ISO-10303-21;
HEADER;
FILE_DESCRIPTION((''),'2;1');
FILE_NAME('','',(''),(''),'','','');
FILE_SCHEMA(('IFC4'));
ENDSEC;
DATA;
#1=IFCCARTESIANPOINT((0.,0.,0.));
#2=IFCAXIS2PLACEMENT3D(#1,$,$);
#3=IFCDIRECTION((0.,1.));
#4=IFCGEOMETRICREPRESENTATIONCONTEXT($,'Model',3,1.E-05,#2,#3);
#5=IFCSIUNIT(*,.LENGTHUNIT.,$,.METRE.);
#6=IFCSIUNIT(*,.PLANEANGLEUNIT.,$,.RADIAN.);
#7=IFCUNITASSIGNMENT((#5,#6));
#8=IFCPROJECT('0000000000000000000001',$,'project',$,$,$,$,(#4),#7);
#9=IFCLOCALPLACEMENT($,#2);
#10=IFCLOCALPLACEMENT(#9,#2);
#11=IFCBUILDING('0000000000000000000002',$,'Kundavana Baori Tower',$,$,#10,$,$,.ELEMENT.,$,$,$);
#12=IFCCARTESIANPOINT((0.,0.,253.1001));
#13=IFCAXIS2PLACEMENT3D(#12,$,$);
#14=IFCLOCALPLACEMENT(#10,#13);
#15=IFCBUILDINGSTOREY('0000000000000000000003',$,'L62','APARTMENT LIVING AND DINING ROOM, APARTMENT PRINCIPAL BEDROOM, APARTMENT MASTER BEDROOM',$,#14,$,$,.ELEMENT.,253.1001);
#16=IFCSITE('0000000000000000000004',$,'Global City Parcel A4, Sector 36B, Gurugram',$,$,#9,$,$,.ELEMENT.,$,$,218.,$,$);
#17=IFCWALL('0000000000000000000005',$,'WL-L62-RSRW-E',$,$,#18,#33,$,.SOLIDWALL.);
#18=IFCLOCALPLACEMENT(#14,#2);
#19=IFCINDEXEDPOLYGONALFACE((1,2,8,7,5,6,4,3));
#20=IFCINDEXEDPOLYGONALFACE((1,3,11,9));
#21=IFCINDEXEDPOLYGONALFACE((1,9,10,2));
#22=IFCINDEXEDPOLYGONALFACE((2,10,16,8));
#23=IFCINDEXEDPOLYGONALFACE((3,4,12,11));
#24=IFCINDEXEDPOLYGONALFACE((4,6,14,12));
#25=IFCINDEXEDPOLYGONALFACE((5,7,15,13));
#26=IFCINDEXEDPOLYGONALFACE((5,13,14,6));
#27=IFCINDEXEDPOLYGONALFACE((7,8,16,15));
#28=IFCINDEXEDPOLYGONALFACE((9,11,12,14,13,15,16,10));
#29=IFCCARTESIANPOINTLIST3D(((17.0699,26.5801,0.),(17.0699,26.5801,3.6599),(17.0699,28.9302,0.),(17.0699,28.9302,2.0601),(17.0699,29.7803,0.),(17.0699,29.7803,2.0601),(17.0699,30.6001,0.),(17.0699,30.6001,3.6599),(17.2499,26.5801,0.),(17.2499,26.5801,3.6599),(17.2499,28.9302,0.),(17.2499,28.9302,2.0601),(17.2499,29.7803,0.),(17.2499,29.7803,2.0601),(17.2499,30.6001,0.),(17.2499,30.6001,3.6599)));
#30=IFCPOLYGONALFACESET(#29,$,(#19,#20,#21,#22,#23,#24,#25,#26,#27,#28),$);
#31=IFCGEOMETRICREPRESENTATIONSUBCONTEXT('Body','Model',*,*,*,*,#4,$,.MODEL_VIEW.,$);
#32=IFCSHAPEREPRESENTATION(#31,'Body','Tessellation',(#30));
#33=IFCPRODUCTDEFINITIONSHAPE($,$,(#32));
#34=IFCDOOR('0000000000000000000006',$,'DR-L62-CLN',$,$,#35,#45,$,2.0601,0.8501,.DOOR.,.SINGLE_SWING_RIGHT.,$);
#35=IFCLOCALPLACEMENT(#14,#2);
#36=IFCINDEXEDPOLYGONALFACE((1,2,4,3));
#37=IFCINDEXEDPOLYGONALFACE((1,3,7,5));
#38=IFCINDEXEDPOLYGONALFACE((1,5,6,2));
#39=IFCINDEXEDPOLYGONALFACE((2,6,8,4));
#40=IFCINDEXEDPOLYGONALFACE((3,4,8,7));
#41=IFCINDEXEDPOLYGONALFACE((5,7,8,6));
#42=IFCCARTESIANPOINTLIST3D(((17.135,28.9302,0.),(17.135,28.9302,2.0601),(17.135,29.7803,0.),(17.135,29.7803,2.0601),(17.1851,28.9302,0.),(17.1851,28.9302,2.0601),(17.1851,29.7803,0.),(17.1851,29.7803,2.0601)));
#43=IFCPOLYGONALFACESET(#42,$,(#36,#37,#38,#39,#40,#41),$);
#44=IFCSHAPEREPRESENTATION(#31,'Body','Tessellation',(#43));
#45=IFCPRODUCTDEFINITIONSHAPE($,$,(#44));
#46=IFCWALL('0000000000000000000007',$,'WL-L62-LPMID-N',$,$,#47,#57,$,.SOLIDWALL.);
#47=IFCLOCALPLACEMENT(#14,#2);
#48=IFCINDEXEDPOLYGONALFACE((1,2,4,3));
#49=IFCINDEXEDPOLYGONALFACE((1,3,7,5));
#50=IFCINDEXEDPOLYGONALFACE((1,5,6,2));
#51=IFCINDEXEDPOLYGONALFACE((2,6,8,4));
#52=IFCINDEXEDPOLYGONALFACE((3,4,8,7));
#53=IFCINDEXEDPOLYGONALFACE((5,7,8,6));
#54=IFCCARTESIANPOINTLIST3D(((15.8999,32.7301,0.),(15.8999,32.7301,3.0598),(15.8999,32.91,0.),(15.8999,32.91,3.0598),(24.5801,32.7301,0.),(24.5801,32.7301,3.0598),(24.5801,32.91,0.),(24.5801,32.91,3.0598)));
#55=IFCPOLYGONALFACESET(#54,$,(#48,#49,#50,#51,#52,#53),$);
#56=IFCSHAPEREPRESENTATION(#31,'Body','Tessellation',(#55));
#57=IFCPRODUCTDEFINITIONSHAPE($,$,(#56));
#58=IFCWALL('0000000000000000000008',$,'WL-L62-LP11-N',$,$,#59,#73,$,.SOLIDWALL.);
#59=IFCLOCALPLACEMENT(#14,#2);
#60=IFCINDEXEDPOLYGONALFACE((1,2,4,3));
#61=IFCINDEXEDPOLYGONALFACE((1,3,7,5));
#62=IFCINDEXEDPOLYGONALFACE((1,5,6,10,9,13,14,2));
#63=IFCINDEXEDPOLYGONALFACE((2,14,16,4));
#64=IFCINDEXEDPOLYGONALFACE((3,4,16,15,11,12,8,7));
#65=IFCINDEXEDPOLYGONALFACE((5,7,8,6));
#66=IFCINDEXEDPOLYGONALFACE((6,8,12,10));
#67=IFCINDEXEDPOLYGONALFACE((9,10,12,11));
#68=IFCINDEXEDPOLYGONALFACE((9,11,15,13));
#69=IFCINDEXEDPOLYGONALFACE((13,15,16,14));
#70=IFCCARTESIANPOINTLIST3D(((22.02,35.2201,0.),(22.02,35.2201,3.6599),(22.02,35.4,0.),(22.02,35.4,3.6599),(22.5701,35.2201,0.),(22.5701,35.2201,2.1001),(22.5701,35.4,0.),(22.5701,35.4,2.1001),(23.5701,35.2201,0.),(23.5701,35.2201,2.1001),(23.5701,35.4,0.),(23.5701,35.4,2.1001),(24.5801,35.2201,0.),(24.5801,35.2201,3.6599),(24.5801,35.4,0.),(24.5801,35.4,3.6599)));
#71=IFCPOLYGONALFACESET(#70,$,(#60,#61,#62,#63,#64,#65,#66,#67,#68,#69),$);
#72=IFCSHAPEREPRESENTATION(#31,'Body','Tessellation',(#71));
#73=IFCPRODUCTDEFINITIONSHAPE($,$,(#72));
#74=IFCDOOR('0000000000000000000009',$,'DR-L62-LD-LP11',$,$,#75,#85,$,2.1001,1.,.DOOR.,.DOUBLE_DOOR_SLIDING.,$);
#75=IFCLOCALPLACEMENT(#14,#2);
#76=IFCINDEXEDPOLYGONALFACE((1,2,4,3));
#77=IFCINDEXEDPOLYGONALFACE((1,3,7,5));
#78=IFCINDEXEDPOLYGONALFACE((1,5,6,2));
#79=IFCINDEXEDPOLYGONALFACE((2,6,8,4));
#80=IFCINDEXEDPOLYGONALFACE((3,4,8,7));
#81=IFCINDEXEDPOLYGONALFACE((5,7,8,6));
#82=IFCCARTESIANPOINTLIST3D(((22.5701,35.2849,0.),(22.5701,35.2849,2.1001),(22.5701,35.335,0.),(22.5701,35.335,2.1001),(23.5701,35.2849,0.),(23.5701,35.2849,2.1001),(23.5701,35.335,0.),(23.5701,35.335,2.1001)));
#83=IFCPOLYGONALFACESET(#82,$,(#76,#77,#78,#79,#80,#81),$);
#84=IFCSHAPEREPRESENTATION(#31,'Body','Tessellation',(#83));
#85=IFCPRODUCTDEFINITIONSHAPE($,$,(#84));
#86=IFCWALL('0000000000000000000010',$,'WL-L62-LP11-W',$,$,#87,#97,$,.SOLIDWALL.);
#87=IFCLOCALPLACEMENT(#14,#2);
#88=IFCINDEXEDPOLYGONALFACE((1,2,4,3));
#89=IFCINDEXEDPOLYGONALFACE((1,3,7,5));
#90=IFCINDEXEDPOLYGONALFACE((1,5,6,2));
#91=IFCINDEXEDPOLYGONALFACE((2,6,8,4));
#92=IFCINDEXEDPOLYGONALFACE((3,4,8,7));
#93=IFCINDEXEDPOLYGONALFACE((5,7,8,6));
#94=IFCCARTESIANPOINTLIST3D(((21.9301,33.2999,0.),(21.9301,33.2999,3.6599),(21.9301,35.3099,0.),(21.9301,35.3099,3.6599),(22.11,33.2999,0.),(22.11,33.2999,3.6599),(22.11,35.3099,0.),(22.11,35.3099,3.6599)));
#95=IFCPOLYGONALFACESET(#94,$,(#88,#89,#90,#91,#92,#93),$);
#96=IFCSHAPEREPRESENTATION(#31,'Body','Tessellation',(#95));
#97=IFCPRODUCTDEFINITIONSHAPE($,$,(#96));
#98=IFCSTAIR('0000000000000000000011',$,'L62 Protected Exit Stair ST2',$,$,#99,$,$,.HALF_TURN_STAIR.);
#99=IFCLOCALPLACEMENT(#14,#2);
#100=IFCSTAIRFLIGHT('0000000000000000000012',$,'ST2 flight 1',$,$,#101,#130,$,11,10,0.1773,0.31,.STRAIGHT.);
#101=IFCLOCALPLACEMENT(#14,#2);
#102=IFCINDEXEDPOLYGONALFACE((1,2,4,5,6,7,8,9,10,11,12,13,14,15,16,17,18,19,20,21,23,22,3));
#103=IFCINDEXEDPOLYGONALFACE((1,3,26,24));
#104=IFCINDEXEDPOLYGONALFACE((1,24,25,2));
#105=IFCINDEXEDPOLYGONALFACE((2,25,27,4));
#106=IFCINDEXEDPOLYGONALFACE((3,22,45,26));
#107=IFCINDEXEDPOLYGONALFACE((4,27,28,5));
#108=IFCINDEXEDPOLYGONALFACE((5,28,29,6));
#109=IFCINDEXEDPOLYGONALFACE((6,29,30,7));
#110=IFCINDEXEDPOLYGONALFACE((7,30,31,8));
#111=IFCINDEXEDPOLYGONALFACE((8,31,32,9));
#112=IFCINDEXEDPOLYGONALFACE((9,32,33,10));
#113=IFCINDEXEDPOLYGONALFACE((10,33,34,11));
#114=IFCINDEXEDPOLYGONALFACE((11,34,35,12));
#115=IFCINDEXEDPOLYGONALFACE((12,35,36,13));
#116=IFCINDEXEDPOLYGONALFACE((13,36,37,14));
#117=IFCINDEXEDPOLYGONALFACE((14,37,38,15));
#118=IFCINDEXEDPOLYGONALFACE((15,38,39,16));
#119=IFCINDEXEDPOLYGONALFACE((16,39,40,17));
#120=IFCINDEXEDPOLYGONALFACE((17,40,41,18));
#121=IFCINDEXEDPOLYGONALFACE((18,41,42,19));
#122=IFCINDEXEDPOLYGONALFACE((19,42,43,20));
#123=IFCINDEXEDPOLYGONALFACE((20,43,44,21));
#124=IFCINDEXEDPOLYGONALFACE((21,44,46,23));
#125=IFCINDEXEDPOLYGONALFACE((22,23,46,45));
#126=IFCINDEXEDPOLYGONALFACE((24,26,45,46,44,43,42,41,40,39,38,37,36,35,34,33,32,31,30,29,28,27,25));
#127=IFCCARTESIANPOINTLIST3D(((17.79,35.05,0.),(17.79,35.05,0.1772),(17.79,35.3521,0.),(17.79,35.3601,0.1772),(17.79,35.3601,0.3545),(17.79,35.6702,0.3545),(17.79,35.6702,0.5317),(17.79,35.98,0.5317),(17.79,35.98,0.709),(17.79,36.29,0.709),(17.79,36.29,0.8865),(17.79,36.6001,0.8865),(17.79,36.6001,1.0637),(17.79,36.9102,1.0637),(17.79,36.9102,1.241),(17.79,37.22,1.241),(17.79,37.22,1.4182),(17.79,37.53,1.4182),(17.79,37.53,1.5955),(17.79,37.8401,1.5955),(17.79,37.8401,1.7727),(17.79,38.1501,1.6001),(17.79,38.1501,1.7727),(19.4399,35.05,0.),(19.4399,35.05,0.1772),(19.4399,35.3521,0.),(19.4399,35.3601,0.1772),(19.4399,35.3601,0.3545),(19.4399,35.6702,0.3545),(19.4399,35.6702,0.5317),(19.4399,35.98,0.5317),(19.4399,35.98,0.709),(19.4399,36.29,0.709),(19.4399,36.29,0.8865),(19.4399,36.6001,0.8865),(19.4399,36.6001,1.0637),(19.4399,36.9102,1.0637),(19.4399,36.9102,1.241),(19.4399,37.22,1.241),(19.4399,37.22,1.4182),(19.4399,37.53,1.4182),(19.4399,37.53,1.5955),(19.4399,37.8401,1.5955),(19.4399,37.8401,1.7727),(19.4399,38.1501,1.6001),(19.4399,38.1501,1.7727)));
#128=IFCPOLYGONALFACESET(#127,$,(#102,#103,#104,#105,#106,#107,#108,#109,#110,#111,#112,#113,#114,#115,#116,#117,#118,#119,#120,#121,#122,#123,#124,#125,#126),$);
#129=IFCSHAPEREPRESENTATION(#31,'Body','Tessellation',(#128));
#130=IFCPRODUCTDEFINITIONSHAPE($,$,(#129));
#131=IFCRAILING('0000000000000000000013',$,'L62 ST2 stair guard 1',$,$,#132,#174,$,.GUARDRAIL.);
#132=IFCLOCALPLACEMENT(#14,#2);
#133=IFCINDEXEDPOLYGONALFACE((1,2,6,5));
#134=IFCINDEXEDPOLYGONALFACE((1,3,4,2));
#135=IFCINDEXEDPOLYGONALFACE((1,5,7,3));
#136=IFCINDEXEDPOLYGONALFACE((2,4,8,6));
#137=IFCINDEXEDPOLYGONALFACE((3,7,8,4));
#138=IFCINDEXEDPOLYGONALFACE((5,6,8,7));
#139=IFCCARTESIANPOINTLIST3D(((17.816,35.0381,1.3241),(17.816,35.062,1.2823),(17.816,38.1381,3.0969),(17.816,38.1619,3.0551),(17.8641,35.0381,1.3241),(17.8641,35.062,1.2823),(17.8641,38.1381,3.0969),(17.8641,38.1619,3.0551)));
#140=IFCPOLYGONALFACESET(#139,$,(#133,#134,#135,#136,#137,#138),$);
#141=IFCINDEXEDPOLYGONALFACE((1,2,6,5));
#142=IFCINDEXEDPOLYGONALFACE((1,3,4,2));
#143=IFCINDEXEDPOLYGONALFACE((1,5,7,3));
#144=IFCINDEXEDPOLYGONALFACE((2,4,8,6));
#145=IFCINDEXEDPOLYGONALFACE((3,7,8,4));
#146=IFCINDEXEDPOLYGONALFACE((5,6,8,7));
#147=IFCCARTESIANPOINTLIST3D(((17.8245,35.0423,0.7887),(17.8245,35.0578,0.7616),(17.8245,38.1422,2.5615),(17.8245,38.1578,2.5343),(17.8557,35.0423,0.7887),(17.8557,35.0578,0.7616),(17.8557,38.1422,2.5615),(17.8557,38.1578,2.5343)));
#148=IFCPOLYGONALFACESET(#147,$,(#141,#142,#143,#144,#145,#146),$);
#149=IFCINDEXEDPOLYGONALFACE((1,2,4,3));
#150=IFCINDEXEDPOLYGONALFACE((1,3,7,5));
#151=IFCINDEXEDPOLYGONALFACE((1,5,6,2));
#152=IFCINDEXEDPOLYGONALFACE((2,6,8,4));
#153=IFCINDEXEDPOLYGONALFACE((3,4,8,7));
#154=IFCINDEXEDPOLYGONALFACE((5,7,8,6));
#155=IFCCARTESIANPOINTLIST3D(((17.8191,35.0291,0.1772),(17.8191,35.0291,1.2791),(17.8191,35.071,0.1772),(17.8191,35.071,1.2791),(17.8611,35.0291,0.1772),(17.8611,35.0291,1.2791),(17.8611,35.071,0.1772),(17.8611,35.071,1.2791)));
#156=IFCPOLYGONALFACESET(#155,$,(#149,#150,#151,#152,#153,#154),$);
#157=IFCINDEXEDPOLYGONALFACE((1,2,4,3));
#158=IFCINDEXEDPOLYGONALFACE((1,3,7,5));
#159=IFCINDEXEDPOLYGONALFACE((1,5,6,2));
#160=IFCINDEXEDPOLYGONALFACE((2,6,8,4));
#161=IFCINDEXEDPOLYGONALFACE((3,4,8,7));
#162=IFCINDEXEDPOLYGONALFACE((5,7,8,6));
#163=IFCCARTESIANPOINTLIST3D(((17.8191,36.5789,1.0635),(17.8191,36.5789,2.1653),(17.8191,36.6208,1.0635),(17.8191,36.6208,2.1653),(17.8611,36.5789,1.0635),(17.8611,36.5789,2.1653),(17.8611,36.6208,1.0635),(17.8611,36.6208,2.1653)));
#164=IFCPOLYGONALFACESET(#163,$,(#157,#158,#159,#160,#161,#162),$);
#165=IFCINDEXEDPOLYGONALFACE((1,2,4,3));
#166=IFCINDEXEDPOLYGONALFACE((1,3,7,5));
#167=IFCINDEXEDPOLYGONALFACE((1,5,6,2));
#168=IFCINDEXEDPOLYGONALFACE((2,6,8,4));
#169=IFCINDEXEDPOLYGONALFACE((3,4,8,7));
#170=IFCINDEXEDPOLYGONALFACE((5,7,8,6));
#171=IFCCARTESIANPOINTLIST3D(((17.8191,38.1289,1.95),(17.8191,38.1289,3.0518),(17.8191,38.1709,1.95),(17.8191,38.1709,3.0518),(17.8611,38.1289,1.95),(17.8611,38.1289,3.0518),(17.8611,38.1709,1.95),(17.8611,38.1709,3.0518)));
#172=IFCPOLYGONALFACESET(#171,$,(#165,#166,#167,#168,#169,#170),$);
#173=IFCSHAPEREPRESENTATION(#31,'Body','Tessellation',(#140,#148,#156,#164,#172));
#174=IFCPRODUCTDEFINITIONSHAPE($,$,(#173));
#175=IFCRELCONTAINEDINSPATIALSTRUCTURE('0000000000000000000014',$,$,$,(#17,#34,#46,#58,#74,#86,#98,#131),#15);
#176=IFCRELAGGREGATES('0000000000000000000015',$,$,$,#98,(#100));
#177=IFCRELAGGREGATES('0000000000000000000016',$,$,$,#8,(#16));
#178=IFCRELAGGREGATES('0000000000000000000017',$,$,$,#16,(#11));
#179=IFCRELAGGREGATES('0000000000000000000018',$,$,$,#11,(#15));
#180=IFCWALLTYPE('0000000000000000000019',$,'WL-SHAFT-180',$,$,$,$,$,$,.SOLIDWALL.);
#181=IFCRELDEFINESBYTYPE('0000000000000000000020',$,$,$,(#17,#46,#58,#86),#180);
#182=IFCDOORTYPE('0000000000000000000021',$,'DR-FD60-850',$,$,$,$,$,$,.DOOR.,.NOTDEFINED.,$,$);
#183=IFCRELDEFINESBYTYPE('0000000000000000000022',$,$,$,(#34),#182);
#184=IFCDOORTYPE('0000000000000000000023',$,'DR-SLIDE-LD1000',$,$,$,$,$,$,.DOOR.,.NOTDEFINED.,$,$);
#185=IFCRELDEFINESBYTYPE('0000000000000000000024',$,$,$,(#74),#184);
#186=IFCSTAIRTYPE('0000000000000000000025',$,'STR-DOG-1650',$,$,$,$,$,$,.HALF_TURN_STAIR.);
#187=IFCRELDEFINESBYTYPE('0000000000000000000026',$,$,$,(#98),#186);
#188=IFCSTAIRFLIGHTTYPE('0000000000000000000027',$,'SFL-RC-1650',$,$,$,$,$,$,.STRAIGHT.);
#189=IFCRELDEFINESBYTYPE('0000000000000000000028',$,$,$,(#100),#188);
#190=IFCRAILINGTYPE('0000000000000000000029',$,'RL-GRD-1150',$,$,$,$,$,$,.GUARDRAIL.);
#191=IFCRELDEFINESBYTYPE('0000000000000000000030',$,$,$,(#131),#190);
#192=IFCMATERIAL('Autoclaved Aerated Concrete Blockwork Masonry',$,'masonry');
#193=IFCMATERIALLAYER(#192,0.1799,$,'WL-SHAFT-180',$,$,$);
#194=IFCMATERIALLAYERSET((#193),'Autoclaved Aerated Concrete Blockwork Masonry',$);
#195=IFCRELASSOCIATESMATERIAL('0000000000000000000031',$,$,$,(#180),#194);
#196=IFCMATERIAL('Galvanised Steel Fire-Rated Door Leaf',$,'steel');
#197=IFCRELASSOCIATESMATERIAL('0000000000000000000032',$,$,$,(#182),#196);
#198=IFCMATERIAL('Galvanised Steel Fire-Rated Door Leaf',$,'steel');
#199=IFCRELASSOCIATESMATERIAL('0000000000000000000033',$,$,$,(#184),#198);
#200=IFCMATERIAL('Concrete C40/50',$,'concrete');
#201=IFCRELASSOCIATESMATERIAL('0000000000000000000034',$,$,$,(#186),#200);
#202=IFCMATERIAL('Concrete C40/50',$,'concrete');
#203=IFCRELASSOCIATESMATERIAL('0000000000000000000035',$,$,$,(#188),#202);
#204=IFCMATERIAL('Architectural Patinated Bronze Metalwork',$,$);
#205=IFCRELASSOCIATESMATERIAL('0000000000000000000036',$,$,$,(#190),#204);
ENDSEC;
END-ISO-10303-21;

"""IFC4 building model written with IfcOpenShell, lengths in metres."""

from ifc_helpers import new_model, si_unit, direction, frame, frame_2d, origin, origin_2d, place, context, subcontext, project, spatial, polyline, rectangle, outline, extrude, material, layer, layer_set, type_object, element, fill, aggregate, save


model = new_model("IFC4")

# Units and contexts
model_context = context("Model", 3, precision=1e-05, world=origin(), true_north=direction((0.0, 1.0)))
body_context = subcontext(model_context, "Body", "Model", "MODEL_VIEW")
ifc_project = project(units=[si_unit("LENGTHUNIT", "METRE"), si_unit("PLANEANGLEUNIT", "RADIAN")], contexts=[model_context])

# Site, building, storey
site_placement = place(None, origin())
site = spatial("IfcSite", under=ifc_project, at=site_placement, Name="Global City Parcel A4, Sector 36B, Gurugram", CompositionType="ELEMENT", RefElevation=218.0)
building_placement = place(site_placement, origin())
building = spatial("IfcBuilding", under=site, at=building_placement, Name="Kundavana Baori Tower", CompositionType="ELEMENT")
storey_placement = place(building_placement, frame((0.0, 0.0, 253.1001)))
storey = spatial("IfcBuildingStorey", under=building, at=storey_placement, Name="L62", Description="APARTMENT LIVING AND DINING ROOM, APARTMENT PRINCIPAL BEDROOM, APARTMENT MASTER BEDROOM", CompositionType="ELEMENT", Elevation=253.1001)

# Wall, opening, door
ifc_material_1 = material(Name="Autoclaved Aerated Concrete Blockwork Masonry", Category="masonry")
ifc_layer_1 = layer(ifc_material_1, 0.1799, Name="WL-SHAFT-180")
ifc_layer_set_1 = layer_set([ifc_layer_1], Name="Autoclaved Aerated Concrete Blockwork Masonry")
wall_type_1 = type_object("IfcWallType", Name="WL-SHAFT-180", PredefinedType="SOLIDWALL", material=ifc_layer_set_1)
wall_1_placement = place(storey_placement, frame((17.1599, 26.5801, 0.0), z_axis=(0.0, 0.0, 1.0), x_axis=(0.0, 1.0, 0.0)))
wall_1 = element("IfcWall", 1, at=wall_1_placement, inside=storey, type_object=wall_type_1, Name="WL-L62-RSRW-E", PredefinedType="SOLIDWALL", context=body_context, shape_type="SweptSolid", body=[
    extrude(rectangle(XDim=4.02, YDim=0.1799, at=frame_2d((2.01, 0.0))), origin(), (0.0, 0.0, 1.0), 3.6599),
])
opening_1_placement = place(wall_1_placement, frame((2.3501, 0.0, 0.0)))
opening_1 = element("IfcOpeningElement", 2, at=opening_1_placement, cuts=wall_1, PredefinedType="OPENING", context=body_context, shape_type="SweptSolid", body=[
    extrude(rectangle(XDim=0.8501, YDim=2.0601, at=frame_2d((0.425, 1.03))), frame((0.0, 0.1001, 0.0), z_axis=(0.0, -1.0, 0.0), x_axis=(1.0, 0.0, 0.0)), (0.0, 0.0, 1.0), 0.2),
])
ifc_material_2 = material(Name="Galvanised Steel Fire-Rated Door Leaf", Category="steel")
door_type_1 = type_object("IfcDoorType", Name="DR-FD60-850", OperationType="NOTDEFINED", PredefinedType="DOOR", material=ifc_material_2)
door_1_placement = place(opening_1_placement, origin())
door_1 = element("IfcDoor", 3, at=door_1_placement, inside=storey, type_object=door_type_1, Name="DR-L62-CLN", OperationType="SINGLE_SWING_RIGHT", OverallHeight=2.0601, OverallWidth=0.8501, PredefinedType="DOOR", context=body_context, shape_type="SweptSolid", body=[
    extrude(rectangle(XDim=0.8501, YDim=2.0601, at=frame_2d((0.425, 1.03))), frame((0.0, 0.0249, 0.0), z_axis=(0.0, -1.0, 0.0), x_axis=(1.0, 0.0, 0.0)), (0.0, 0.0, 1.0), 0.05),
])
fill(opening_1, door_1)

# Wall
wall_2_placement = place(storey_placement, frame((15.8999, 32.8201, 0.0), z_axis=(0.0, 0.0, 1.0), x_axis=(1.0, 0.0, 0.0)))
element("IfcWall", 4, at=wall_2_placement, inside=storey, type_object=wall_type_1, Name="WL-L62-LPMID-N", PredefinedType="SOLIDWALL", context=body_context, shape_type="SweptSolid", body=[
    extrude(rectangle(XDim=8.6802, YDim=0.1799, at=frame_2d((4.3401, 0.0))), origin(), (0.0, 0.0, 1.0), 3.0598),
])

# Wall, opening, door
wall_3_placement = place(storey_placement, frame((22.02, 35.3101, 0.0), z_axis=(0.0, 0.0, 1.0), x_axis=(1.0, 0.0, 0.0)))
wall_3 = element("IfcWall", 5, at=wall_3_placement, inside=storey, type_object=wall_type_1, Name="WL-L62-LP11-N", PredefinedType="SOLIDWALL", context=body_context, shape_type="SweptSolid", body=[
    extrude(rectangle(XDim=2.5601, YDim=0.1799, at=frame_2d((1.28, 0.0))), origin(), (0.0, 0.0, 1.0), 3.6599),
])
opening_2_placement = place(wall_3_placement, frame((0.55, 0.0, 0.0)))
opening_2 = element("IfcOpeningElement", 6, at=opening_2_placement, cuts=wall_3, PredefinedType="OPENING", context=body_context, shape_type="SweptSolid", body=[
    extrude(rectangle(XDim=1.0, YDim=2.1001, at=frame_2d((0.5, 1.05))), frame((0.0, 0.1001, 0.0), z_axis=(0.0, -1.0, 0.0), x_axis=(1.0, 0.0, 0.0)), (0.0, 0.0, 1.0), 0.2),
])
ifc_material_3 = material(Name="Galvanised Steel Fire-Rated Door Leaf", Category="steel")
door_type_2 = type_object("IfcDoorType", Name="DR-SLIDE-LD1000", OperationType="NOTDEFINED", PredefinedType="DOOR", material=ifc_material_3)
door_2_placement = place(opening_2_placement, origin())
door_2 = element("IfcDoor", 7, at=door_2_placement, inside=storey, type_object=door_type_2, Name="DR-L62-LD-LP11", OperationType="DOUBLE_DOOR_SLIDING", OverallHeight=2.1001, OverallWidth=1.0, PredefinedType="DOOR", context=body_context, shape_type="SweptSolid", body=[
    extrude(rectangle(XDim=1.0, YDim=2.1001, at=frame_2d((0.5, 1.05))), frame((0.0, 0.0249, 0.0), z_axis=(0.0, -1.0, 0.0), x_axis=(1.0, 0.0, 0.0)), (0.0, 0.0, 1.0), 0.05),
])
fill(opening_2, door_2)

# Wall
wall_4_placement = place(storey_placement, frame((22.02, 33.3, 0.0), z_axis=(0.0, 0.0, 1.0), x_axis=(0.0, 1.0, 0.0)))
element("IfcWall", 8, at=wall_4_placement, inside=storey, type_object=wall_type_1, Name="WL-L62-LP11-W", PredefinedType="SOLIDWALL", context=body_context, shape_type="SweptSolid", body=[
    extrude(rectangle(XDim=2.01, YDim=0.1799, at=frame_2d((1.0049, 0.0))), origin(), (0.0, 0.0, 1.0), 3.6599),
])

# Stair, stair flight
ifc_material_4 = material(Name="Concrete C40/50", Category="concrete")
stair_type = type_object("IfcStairType", Name="STR-DOG-1650", PredefinedType="HALF_TURN_STAIR", material=ifc_material_4)
stair_placement = place(storey_placement, origin())
stair = element("IfcStair", 9, at=stair_placement, inside=storey, type_object=stair_type, Name="L62 Protected Exit Stair ST2", PredefinedType="HALF_TURN_STAIR")
ifc_material_5 = material(Name="Concrete C40/50", Category="concrete")
stair_flight_type = type_object("IfcStairFlightType", Name="SFL-RC-1650", PredefinedType="STRAIGHT", material=ifc_material_5)
stair_flight_placement = place(storey_placement, frame((18.615, 35.05, 0.0), z_axis=(0.0, 0.0, 1.0), x_axis=(0.0, 1.0, 0.0)))
stair_flight = element("IfcStairFlight", 10, at=stair_flight_placement, type_object=stair_flight_type, Name="ST2 flight 1", NumberOfRisers=11, NumberOfTreads=10, PredefinedType="STRAIGHT", RiserHeight=0.1773, TreadLength=0.31, context=body_context, shape_type="SweptSolid", body=[
    extrude(outline(polyline([(0.0, 0.0), (0.0, 0.1772), (0.3101, 0.1772), (0.3101, 0.3545), (0.6201, 0.3545), (0.6201, 0.5317), (0.9299, 0.5317), (0.9299, 0.709), (1.24, 0.709), (1.24, 0.8865), (1.55, 0.8865), (1.55, 1.0637), (1.8601, 1.0637), (1.8601, 1.241), (2.1699, 1.241), (2.1699, 1.4182), (2.48, 1.4182), (2.48, 1.5955), (2.79, 1.5955), (2.79, 1.7727), (3.1001, 1.7727), (3.1001, 1.95), (3.1001, 1.6001), (0.302, 0.0), (0.0, 0.0)])), frame((0.0, 0.825, 0.0), z_axis=(0.0, -1.0, 0.0), x_axis=(1.0, 0.0, 0.0)), (0.0, 0.0, 1.0), 1.6499),
])
aggregate(stair, [stair_flight])

# Railing
ifc_material_6 = material(Name="Architectural Patinated Bronze Metalwork")
railing_type_1 = type_object("IfcRailingType", Name="RL-GRD-1150", PredefinedType="GUARDRAIL", material=ifc_material_6)
railing_1_placement = place(storey_placement, frame((17.8401, 35.05, 0.1772)))
element("IfcRailing", 11, at=railing_1_placement, inside=storey, type_object=railing_type_1, Name="L62 ST2 stair guard 1", PredefinedType="GUARDRAIL", context=body_context, shape_type="SweptSolid", body=[
    extrude(rectangle(XDim=0.0481, YDim=0.0481, at=origin_2d()), frame((0.0, 0.0, 1.126), z_axis=(0.0, 0.868079, 0.496426), x_axis=(-1.0, 0.0, 0.0)), (0.0, 0.0, 1.0), 3.571),
    extrude(rectangle(XDim=0.0312, YDim=0.0312, at=origin_2d()), frame((0.0, 0.0, 0.5979), z_axis=(0.0, 0.868079, 0.496426), x_axis=(-1.0, 0.0, 0.0)), (0.0, 0.0, 1.0), 3.571),
    extrude(rectangle(XDim=0.042, YDim=0.042, at=origin_2d()), origin(), (0.0, 0.0, 1.0), 1.1018),
    extrude(rectangle(XDim=0.042, YDim=0.042, at=origin_2d()), frame((0.0, 1.5498, 0.8862)), (0.0, 0.0, 1.0), 1.1018),
    extrude(rectangle(XDim=0.042, YDim=0.042, at=origin_2d()), frame((0.0, 3.0999, 1.7727)), (0.0, 0.0, 1.0), 1.1018),
])

save(model, "model.ifc")
